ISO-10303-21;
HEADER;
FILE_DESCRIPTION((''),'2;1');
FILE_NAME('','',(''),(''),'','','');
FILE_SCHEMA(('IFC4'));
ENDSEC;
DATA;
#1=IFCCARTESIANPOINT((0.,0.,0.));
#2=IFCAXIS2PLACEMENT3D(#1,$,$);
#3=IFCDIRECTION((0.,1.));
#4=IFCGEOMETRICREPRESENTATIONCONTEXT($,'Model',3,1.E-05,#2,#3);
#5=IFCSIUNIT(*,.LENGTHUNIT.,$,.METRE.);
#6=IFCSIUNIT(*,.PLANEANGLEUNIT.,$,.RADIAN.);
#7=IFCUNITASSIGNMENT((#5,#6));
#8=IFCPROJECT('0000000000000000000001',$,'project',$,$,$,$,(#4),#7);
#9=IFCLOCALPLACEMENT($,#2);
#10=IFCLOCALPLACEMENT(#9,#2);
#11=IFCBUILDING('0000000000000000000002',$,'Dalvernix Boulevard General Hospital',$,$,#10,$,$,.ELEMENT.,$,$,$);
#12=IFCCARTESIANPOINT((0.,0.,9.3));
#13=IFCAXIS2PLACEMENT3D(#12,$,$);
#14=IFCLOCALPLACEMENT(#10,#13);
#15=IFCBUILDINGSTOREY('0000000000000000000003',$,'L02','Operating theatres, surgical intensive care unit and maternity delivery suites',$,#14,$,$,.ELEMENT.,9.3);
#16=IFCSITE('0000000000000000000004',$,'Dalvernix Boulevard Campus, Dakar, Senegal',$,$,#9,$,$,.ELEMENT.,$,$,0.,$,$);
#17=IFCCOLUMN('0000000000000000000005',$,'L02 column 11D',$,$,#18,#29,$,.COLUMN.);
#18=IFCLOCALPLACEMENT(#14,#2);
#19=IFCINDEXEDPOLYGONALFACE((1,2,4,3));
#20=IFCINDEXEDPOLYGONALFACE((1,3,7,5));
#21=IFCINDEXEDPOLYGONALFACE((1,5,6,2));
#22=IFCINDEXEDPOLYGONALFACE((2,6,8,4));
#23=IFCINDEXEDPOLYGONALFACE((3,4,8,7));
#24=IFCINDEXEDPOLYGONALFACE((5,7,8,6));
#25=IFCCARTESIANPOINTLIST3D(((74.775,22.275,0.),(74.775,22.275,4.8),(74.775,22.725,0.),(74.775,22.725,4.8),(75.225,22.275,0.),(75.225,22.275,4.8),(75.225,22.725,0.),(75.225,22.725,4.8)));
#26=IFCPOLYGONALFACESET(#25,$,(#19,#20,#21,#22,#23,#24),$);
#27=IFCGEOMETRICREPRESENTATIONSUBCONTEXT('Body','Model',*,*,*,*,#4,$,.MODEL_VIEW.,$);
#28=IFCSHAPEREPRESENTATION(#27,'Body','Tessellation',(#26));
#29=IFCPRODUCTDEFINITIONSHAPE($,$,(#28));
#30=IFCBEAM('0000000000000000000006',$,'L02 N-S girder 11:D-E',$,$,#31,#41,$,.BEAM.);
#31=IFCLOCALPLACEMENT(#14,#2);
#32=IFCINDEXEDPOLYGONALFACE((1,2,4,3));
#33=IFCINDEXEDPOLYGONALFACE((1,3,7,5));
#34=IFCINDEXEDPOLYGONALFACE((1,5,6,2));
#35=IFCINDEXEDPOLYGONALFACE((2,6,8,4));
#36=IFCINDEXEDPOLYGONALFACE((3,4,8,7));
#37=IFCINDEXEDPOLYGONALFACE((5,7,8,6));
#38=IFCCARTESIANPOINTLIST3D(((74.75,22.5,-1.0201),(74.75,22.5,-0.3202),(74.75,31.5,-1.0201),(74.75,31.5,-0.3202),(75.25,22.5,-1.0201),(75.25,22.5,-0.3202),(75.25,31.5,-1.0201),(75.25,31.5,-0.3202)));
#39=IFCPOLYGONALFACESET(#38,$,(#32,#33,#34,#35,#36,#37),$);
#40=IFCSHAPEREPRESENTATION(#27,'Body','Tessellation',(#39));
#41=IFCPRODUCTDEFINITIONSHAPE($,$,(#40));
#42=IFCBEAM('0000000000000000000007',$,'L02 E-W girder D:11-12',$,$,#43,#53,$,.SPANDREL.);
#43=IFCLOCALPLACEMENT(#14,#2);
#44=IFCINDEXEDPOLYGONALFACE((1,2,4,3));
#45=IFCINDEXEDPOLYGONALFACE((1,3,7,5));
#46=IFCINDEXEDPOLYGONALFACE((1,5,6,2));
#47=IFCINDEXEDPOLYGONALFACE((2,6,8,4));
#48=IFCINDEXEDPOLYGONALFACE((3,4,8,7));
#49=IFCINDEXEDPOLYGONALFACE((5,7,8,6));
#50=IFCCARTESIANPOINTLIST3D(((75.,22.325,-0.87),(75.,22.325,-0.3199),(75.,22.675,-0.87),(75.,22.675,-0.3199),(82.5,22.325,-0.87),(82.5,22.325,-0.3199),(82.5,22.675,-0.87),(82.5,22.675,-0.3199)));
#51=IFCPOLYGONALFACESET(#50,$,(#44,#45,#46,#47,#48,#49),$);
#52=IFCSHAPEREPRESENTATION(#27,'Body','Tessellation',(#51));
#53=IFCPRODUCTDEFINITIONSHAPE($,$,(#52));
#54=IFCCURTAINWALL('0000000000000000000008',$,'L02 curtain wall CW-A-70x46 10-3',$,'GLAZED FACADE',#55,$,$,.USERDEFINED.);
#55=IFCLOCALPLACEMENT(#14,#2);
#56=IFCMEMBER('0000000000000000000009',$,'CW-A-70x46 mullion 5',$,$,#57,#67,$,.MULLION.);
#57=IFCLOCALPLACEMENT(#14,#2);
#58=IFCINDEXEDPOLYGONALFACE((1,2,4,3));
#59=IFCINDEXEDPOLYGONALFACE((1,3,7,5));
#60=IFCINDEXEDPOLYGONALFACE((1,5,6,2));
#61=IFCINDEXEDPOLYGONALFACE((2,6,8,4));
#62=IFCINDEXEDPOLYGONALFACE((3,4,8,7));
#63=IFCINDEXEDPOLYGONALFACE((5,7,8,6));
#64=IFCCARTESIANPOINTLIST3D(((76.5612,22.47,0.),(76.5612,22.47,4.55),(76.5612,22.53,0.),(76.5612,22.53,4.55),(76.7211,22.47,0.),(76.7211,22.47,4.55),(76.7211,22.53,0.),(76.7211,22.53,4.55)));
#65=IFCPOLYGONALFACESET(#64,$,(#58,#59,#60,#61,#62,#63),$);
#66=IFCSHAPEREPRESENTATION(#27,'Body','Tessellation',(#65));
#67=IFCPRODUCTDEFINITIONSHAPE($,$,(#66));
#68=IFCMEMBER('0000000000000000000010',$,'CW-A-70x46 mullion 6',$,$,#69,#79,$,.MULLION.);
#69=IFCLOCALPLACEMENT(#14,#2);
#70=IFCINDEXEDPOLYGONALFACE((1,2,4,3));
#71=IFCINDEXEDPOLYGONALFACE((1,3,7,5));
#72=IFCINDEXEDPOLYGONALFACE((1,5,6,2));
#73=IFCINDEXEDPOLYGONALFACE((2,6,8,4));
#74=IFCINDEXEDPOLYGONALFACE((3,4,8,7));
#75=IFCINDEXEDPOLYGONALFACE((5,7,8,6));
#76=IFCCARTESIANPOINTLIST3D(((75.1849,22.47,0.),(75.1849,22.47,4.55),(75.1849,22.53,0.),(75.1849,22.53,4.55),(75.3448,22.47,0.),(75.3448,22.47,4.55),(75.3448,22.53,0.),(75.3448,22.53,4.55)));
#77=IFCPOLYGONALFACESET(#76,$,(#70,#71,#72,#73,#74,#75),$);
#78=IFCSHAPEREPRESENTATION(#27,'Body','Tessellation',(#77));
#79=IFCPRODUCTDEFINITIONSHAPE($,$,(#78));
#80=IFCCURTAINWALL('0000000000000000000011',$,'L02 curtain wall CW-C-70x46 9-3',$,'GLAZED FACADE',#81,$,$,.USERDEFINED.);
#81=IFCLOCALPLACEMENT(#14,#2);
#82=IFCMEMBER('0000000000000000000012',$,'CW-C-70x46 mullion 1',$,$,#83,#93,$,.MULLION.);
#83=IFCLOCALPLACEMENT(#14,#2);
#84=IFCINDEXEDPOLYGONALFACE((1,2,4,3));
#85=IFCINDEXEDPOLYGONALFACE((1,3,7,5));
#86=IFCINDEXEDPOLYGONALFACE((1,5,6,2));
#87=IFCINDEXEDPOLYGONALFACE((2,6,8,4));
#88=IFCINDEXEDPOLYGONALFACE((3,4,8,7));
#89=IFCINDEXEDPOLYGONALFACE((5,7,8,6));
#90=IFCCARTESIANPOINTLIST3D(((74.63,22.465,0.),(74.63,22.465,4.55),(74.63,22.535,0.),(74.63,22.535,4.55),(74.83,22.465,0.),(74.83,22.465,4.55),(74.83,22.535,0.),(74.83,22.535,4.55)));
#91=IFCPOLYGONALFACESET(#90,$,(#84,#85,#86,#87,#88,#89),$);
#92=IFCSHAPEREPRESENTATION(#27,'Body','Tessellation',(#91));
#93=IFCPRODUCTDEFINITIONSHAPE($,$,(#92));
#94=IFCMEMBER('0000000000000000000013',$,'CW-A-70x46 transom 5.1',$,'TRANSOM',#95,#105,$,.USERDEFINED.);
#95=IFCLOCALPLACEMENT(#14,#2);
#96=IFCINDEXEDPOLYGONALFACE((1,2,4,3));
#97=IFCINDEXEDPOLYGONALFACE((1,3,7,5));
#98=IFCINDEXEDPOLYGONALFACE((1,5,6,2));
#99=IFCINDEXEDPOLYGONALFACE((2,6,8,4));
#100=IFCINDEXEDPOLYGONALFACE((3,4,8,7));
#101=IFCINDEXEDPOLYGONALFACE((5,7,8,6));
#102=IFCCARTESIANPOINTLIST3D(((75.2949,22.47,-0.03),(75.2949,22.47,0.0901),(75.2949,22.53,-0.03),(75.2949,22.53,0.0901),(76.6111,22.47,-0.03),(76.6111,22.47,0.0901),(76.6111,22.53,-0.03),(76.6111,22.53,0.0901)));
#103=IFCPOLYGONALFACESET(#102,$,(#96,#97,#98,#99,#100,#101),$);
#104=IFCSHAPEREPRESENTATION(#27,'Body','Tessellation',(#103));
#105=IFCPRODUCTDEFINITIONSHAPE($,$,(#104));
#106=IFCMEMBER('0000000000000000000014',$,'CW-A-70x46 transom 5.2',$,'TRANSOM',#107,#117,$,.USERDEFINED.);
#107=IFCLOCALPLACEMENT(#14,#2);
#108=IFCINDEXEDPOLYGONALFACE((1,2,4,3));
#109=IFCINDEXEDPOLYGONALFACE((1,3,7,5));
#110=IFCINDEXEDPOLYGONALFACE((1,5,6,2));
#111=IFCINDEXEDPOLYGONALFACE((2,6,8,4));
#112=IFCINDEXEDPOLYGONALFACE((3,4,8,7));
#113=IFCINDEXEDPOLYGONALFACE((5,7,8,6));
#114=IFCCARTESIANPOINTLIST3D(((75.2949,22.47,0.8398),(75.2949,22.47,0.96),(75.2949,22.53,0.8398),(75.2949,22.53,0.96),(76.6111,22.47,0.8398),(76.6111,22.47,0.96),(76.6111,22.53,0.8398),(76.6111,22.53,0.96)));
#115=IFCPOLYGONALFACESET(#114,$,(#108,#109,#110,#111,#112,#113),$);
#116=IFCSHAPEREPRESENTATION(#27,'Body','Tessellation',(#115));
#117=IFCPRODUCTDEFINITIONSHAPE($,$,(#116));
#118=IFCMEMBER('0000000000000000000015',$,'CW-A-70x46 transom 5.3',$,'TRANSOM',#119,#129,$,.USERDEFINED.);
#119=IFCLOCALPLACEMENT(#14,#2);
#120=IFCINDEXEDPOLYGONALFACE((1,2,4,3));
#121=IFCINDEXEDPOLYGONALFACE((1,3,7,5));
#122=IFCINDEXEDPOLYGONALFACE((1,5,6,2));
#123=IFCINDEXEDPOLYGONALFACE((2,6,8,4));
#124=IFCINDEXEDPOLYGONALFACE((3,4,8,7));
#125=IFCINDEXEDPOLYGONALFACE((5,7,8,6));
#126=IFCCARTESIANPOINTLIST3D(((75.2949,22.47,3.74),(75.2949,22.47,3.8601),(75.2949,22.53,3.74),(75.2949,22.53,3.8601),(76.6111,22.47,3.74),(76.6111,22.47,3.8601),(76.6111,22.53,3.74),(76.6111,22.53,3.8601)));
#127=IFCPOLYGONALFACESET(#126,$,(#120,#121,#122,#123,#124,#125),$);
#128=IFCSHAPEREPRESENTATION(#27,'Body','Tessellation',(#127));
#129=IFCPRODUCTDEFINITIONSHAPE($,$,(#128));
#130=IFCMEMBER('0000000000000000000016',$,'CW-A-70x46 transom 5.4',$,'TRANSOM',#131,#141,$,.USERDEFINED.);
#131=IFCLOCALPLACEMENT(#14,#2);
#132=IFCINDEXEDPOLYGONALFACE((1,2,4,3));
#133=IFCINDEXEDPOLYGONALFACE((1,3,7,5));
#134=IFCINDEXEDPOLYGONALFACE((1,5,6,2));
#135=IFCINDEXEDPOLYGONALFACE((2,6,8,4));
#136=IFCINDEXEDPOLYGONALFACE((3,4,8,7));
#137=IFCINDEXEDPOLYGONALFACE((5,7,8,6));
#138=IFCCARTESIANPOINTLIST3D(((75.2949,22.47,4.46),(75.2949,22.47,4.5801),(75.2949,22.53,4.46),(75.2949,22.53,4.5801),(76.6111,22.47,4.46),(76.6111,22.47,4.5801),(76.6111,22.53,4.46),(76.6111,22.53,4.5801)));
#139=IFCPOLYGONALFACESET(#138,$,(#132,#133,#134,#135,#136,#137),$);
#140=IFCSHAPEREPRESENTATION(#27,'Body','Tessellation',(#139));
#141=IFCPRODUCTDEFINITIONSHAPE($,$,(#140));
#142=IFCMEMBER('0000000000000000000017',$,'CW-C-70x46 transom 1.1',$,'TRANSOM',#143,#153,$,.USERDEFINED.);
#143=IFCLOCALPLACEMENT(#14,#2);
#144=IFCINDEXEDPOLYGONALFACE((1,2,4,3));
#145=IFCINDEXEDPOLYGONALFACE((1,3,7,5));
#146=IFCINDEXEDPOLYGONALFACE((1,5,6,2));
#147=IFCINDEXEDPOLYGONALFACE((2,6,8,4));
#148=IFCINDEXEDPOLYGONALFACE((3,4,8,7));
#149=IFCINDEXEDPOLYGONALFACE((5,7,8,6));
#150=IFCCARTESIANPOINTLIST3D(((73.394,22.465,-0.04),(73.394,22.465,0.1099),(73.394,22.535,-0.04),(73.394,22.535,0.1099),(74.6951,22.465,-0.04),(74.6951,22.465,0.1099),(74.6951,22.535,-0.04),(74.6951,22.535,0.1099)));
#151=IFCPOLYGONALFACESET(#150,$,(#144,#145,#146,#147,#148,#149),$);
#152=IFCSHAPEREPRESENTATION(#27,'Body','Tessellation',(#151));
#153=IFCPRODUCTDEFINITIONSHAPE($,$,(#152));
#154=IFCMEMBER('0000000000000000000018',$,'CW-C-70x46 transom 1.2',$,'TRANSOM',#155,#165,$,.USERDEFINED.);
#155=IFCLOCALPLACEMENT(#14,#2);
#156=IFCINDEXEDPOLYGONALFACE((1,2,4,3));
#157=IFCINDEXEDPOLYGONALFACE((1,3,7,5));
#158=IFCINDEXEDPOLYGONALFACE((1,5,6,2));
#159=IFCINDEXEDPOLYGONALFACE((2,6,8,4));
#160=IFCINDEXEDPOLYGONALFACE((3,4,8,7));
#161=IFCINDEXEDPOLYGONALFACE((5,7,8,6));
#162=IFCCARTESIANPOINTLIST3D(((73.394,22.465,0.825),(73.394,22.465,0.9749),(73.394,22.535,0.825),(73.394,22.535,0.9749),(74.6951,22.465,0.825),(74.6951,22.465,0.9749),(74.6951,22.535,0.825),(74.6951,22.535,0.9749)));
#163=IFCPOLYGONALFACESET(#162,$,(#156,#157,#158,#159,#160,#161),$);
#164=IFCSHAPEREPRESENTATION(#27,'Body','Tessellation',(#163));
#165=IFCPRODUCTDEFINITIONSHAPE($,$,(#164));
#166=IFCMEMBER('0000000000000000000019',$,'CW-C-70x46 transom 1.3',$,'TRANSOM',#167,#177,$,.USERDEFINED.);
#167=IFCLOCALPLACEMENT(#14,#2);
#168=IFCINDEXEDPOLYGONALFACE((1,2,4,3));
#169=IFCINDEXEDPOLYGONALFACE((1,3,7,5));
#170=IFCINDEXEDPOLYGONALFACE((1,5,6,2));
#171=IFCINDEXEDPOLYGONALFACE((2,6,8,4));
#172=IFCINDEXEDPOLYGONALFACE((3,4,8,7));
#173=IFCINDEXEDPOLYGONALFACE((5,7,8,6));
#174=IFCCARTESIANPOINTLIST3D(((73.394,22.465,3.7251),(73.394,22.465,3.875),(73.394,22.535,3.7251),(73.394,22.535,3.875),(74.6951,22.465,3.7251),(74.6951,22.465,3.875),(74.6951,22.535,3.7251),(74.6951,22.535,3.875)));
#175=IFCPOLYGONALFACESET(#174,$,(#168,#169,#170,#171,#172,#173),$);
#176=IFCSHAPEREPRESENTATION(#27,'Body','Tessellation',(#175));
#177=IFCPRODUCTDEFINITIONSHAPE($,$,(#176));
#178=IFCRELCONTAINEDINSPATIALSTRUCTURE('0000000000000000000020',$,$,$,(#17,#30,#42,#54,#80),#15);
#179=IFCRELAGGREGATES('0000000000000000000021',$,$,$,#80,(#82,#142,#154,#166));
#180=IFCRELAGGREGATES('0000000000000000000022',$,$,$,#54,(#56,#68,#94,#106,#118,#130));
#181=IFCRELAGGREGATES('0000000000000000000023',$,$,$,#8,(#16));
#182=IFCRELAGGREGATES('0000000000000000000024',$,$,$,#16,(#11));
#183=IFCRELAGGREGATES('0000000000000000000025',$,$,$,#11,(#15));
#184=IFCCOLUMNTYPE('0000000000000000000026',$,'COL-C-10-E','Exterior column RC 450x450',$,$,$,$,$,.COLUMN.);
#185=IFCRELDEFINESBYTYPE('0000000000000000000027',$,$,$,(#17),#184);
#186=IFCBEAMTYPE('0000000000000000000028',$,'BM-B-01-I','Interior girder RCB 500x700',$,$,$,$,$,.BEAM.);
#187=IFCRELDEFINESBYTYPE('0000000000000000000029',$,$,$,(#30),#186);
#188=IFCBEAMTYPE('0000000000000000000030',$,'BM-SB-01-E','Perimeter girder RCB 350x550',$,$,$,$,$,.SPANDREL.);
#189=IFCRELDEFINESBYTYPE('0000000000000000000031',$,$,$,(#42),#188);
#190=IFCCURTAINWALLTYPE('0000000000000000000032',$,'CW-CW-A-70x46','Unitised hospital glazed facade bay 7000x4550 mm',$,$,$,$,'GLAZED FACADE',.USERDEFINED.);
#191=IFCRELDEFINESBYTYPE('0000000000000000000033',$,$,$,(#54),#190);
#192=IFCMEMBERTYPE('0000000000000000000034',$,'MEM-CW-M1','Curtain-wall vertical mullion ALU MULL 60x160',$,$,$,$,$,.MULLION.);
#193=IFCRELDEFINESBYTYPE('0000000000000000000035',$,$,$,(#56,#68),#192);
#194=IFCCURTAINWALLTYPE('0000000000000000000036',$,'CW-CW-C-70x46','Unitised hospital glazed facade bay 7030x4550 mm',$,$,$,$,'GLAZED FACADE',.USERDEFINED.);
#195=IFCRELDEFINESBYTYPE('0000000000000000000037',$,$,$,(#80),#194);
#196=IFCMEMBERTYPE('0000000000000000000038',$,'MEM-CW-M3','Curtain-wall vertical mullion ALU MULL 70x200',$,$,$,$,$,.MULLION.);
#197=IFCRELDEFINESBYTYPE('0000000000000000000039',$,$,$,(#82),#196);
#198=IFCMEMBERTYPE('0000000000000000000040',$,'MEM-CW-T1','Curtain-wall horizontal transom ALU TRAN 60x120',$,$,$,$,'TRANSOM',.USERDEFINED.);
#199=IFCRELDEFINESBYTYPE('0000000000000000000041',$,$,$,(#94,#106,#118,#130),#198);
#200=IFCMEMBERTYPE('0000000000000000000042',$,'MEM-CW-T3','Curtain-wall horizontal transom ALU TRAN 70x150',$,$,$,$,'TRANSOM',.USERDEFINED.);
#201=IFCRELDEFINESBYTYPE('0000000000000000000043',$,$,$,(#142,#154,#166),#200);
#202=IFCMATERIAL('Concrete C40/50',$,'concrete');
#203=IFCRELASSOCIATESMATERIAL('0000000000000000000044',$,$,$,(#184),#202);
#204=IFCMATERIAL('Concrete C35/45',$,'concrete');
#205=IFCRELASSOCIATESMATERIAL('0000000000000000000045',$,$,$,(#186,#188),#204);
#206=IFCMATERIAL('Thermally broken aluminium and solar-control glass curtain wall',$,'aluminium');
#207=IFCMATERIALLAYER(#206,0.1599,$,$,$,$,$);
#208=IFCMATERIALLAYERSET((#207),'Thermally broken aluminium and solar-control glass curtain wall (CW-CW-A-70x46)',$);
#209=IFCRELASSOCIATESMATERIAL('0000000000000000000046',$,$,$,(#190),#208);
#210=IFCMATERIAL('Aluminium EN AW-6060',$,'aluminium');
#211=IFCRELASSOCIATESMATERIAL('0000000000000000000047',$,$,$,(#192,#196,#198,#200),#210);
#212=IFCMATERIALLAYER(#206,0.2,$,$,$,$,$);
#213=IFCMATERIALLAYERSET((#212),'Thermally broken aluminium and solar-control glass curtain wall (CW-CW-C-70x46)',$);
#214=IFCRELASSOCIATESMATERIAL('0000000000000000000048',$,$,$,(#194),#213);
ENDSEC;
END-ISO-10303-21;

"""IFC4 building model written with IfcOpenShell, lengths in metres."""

from ifc_helpers import new_model, si_unit, direction, frame, origin, origin_2d, place, context, subcontext, project, spatial, rectangle, extrude, material, layer, layer_set, material_profile, profile_set, type_object, element, aggregate, save


model = new_model("IFC4")

# Units and contexts
model_context = context("Model", 3, precision=1e-05, world=origin(), true_north=direction((0.0, 1.0)))
body_context = subcontext(model_context, "Body", "Model", "MODEL_VIEW")
ifc_project = project(units=[si_unit("LENGTHUNIT", "METRE"), si_unit("PLANEANGLEUNIT", "RADIAN")], contexts=[model_context])

# Site, building, storey
site_placement = place(None, origin())
site = spatial("IfcSite", under=ifc_project, at=site_placement, Name="Dalvernix Boulevard Campus, Dakar, Senegal", CompositionType="ELEMENT", RefElevation=0.0)
building_placement = place(site_placement, origin())
building = spatial("IfcBuilding", under=site, at=building_placement, Name="Dalvernix Boulevard General Hospital", CompositionType="ELEMENT")
storey_placement = place(building_placement, frame((0.0, 0.0, 9.3)))
storey = spatial("IfcBuildingStorey", under=building, at=storey_placement, Name="L02", Description="Operating theatres, surgical intensive care unit and maternity delivery suites", CompositionType="ELEMENT", Elevation=9.3)

# Column
ifc_material_1 = material(Name="Concrete C40/50", Category="concrete")
ifc_material_profile_1 = material_profile(ifc_material_1, rectangle(XDim=0.45, YDim=0.45, at=origin_2d()), Name="RC 450x450")
ifc_profile_set_1 = profile_set([ifc_material_profile_1], Name="Concrete C40/50")
column_type = type_object("IfcColumnType", Name="COL-C-10-E", Description="Exterior column RC 450x450", PredefinedType="COLUMN", material=ifc_profile_set_1)
column_placement = place(storey_placement, frame((75.0, 22.5, 0.0), z_axis=(0.0, 0.0, 1.0), x_axis=(1.0, 0.0, 0.0)))
element("IfcColumn", 1, at=column_placement, inside=storey, type_object=column_type, Name="L02 column 11D", PredefinedType="COLUMN", context=body_context, shape_type="SweptSolid", body=[
    extrude(rectangle(XDim=0.45, YDim=0.45, at=origin_2d()), origin(), (0.0, 0.0, 1.0), 4.8),
])

# Beams
ifc_material_2 = material(Name="Concrete C35/45", Category="concrete")
ifc_material_profile_2 = material_profile(ifc_material_2, rectangle(XDim=0.5, YDim=0.7, at=origin_2d()), Name="RCB 500x700")
ifc_profile_set_2 = profile_set([ifc_material_profile_2], Name="Concrete C35/45")
beam_type_1 = type_object("IfcBeamType", Name="BM-B-01-I", Description="Interior girder RCB 500x700", PredefinedType="BEAM", material=ifc_profile_set_2)
beam_1_placement = place(storey_placement, frame((75.0, 22.5, -0.6702), z_axis=(0.0, 1.0, 0.0), x_axis=(-1.0, 0.0, 0.0)))
element("IfcBeam", 2, at=beam_1_placement, inside=storey, type_object=beam_type_1, Name="L02 N-S girder 11:D-E", PredefinedType="BEAM", context=body_context, shape_type="SweptSolid", body=[
    extrude(rectangle(XDim=0.5, YDim=0.7, at=origin_2d()), origin(), (0.0, 0.0, 1.0), 9.0),
])
ifc_material_profile_3 = material_profile(ifc_material_2, rectangle(XDim=0.3501, YDim=0.55, at=origin_2d()), Name="RCB 350x550")
ifc_profile_set_3 = profile_set([ifc_material_profile_3], Name="Concrete C35/45")
beam_type_2 = type_object("IfcBeamType", Name="BM-SB-01-E", Description="Perimeter girder RCB 350x550", PredefinedType="SPANDREL", material=ifc_profile_set_3)
beam_2_placement = place(storey_placement, frame((75.0, 22.5, -0.595), z_axis=(1.0, 0.0, 0.0), x_axis=(0.0, 1.0, 0.0)))
element("IfcBeam", 3, at=beam_2_placement, inside=storey, type_object=beam_type_2, Name="L02 E-W girder D:11-12", PredefinedType="SPANDREL", context=body_context, shape_type="SweptSolid", body=[
    extrude(rectangle(XDim=0.3501, YDim=0.55, at=origin_2d()), origin(), (0.0, 0.0, 1.0), 7.5),
])

# Curtain wall, members
ifc_material_3 = material(Name="Thermally broken aluminium and solar-control glass curtain wall", Category="aluminium")
ifc_layer_1 = layer(ifc_material_3, 0.1599)
ifc_layer_set_1 = layer_set([ifc_layer_1], Name="Thermally broken aluminium and solar-control glass curtain wall (CW-CW-A-70x46)")
curtain_wall_type_1 = type_object("IfcCurtainWallType", Name="CW-CW-A-70x46", Description="Unitised hospital glazed facade bay 7000x4550 mm", ElementType="GLAZED FACADE", PredefinedType="USERDEFINED", material=ifc_layer_set_1)
curtain_wall_1_placement = place(storey_placement, origin())
curtain_wall_1 = element("IfcCurtainWall", 4, at=curtain_wall_1_placement, inside=storey, type_object=curtain_wall_type_1, Name="L02 curtain wall CW-A-70x46 10-3", ObjectType="GLAZED FACADE", PredefinedType="USERDEFINED")
ifc_material_4 = material(Name="Aluminium EN AW-6060", Category="aluminium")
ifc_material_profile_4 = material_profile(ifc_material_4, rectangle(XDim=0.0601, YDim=0.1599, at=origin_2d()), Name="ALU MULL 60x160")
ifc_profile_set_4 = profile_set([ifc_material_profile_4], Name="Aluminium EN AW-6060")
member_type_1 = type_object("IfcMemberType", Name="MEM-CW-M1", Description="Curtain-wall vertical mullion ALU MULL 60x160", PredefinedType="MULLION", material=ifc_profile_set_4)
member_1_placement = place(storey_placement, frame((76.6411, 22.5, 0.0), z_axis=(0.0, 0.0, 1.0), x_axis=(0.0, -1.0, 0.0)))
member_1 = element("IfcMember", 5, at=member_1_placement, type_object=member_type_1, Name="CW-A-70x46 mullion 5", PredefinedType="MULLION", context=body_context, shape_type="SweptSolid", body=[
    extrude(rectangle(XDim=0.0601, YDim=0.1599, at=origin_2d()), origin(), (0.0, 0.0, 1.0), 4.55),
])
member_2_placement = place(storey_placement, frame((75.2649, 22.5, 0.0), z_axis=(0.0, 0.0, 1.0), x_axis=(0.0, -1.0, 0.0)))
member_2 = element("IfcMember", 6, at=member_2_placement, type_object=member_type_1, Name="CW-A-70x46 mullion 6", PredefinedType="MULLION", context=body_context, shape_type="SweptSolid", body=[
    extrude(rectangle(XDim=0.0601, YDim=0.1599, at=origin_2d()), origin(), (0.0, 0.0, 1.0), 4.55),
])

# Curtain wall, member
ifc_layer_2 = layer(ifc_material_3, 0.2)
ifc_layer_set_2 = layer_set([ifc_layer_2], Name="Thermally broken aluminium and solar-control glass curtain wall (CW-CW-C-70x46)")
curtain_wall_type_2 = type_object("IfcCurtainWallType", Name="CW-CW-C-70x46", Description="Unitised hospital glazed facade bay 7030x4550 mm", ElementType="GLAZED FACADE", PredefinedType="USERDEFINED", material=ifc_layer_set_2)
curtain_wall_2_placement = place(storey_placement, origin())
curtain_wall_2 = element("IfcCurtainWall", 7, at=curtain_wall_2_placement, inside=storey, type_object=curtain_wall_type_2, Name="L02 curtain wall CW-C-70x46 9-3", ObjectType="GLAZED FACADE", PredefinedType="USERDEFINED")
ifc_material_profile_5 = material_profile(ifc_material_4, rectangle(XDim=0.0701, YDim=0.2, at=origin_2d()), Name="ALU MULL 70x200")
ifc_profile_set_5 = profile_set([ifc_material_profile_5], Name="Aluminium EN AW-6060")
member_type_2 = type_object("IfcMemberType", Name="MEM-CW-M3", Description="Curtain-wall vertical mullion ALU MULL 70x200", PredefinedType="MULLION", material=ifc_profile_set_5)
member_3_placement = place(storey_placement, frame((74.73, 22.5, 0.0), z_axis=(0.0, 0.0, 1.0), x_axis=(0.0, -1.0, 0.0)))
member_3 = element("IfcMember", 8, at=member_3_placement, type_object=member_type_2, Name="CW-C-70x46 mullion 1", PredefinedType="MULLION", context=body_context, shape_type="SweptSolid", body=[
    extrude(rectangle(XDim=0.0701, YDim=0.2, at=origin_2d()), origin(), (0.0, 0.0, 1.0), 4.55),
])

# Members
ifc_material_profile_6 = material_profile(ifc_material_4, rectangle(XDim=0.0601, YDim=0.1201, at=origin_2d()), Name="ALU TRAN 60x120")
ifc_profile_set_6 = profile_set([ifc_material_profile_6], Name="Aluminium EN AW-6060")
member_type_3 = type_object("IfcMemberType", Name="MEM-CW-T1", Description="Curtain-wall horizontal transom ALU TRAN 60x120", ElementType="TRANSOM", PredefinedType="USERDEFINED", material=ifc_profile_set_6)
member_4_placement = place(storey_placement, frame((76.6111, 22.5, 0.03), z_axis=(-1.0, 0.0, 0.0), x_axis=(0.0, -1.0, 0.0)))
member_4 = element("IfcMember", 9, at=member_4_placement, type_object=member_type_3, Name="CW-A-70x46 transom 5.1", ObjectType="TRANSOM", PredefinedType="USERDEFINED", context=body_context, shape_type="SweptSolid", body=[
    extrude(rectangle(XDim=0.0601, YDim=0.1201, at=origin_2d()), origin(), (0.0, 0.0, 1.0), 1.3162),
])
member_5_placement = place(storey_placement, frame((76.6111, 22.5, 0.8999), z_axis=(-1.0, 0.0, 0.0), x_axis=(0.0, -1.0, 0.0)))
member_5 = element("IfcMember", 10, at=member_5_placement, type_object=member_type_3, Name="CW-A-70x46 transom 5.2", ObjectType="TRANSOM", PredefinedType="USERDEFINED", context=body_context, shape_type="SweptSolid", body=[
    extrude(rectangle(XDim=0.0601, YDim=0.1201, at=origin_2d()), origin(), (0.0, 0.0, 1.0), 1.3162),
])
member_6_placement = place(storey_placement, frame((76.6111, 22.5, 3.8), z_axis=(-1.0, 0.0, 0.0), x_axis=(0.0, -1.0, 0.0)))
member_6 = element("IfcMember", 11, at=member_6_placement, type_object=member_type_3, Name="CW-A-70x46 transom 5.3", ObjectType="TRANSOM", PredefinedType="USERDEFINED", context=body_context, shape_type="SweptSolid", body=[
    extrude(rectangle(XDim=0.0601, YDim=0.1201, at=origin_2d()), origin(), (0.0, 0.0, 1.0), 1.3162),
])
member_7_placement = place(storey_placement, frame((76.6111, 22.5, 4.52), z_axis=(-1.0, 0.0, 0.0), x_axis=(0.0, -1.0, 0.0)))
member_7 = element("IfcMember", 12, at=member_7_placement, type_object=member_type_3, Name="CW-A-70x46 transom 5.4", ObjectType="TRANSOM", PredefinedType="USERDEFINED", context=body_context, shape_type="SweptSolid", body=[
    extrude(rectangle(XDim=0.0601, YDim=0.1201, at=origin_2d()), origin(), (0.0, 0.0, 1.0), 1.3162),
])
ifc_material_profile_7 = material_profile(ifc_material_4, rectangle(XDim=0.0701, YDim=0.1499, at=origin_2d()), Name="ALU TRAN 70x150")
ifc_profile_set_7 = profile_set([ifc_material_profile_7], Name="Aluminium EN AW-6060")
member_type_4 = type_object("IfcMemberType", Name="MEM-CW-T3", Description="Curtain-wall horizontal transom ALU TRAN 70x150", ElementType="TRANSOM", PredefinedType="USERDEFINED", material=ifc_profile_set_7)
member_8_placement = place(storey_placement, frame((74.6951, 22.5, 0.0349), z_axis=(-1.0, 0.0, 0.0), x_axis=(0.0, -1.0, 0.0)))
member_8 = element("IfcMember", 13, at=member_8_placement, type_object=member_type_4, Name="CW-C-70x46 transom 1.1", ObjectType="TRANSOM", PredefinedType="USERDEFINED", context=body_context, shape_type="SweptSolid", body=[
    extrude(rectangle(XDim=0.0701, YDim=0.1499, at=origin_2d()), origin(), (0.0, 0.0, 1.0), 1.301),
])
member_9_placement = place(storey_placement, frame((74.6951, 22.5, 0.8999), z_axis=(-1.0, 0.0, 0.0), x_axis=(0.0, -1.0, 0.0)))
member_9 = element("IfcMember", 14, at=member_9_placement, type_object=member_type_4, Name="CW-C-70x46 transom 1.2", ObjectType="TRANSOM", PredefinedType="USERDEFINED", context=body_context, shape_type="SweptSolid", body=[
    extrude(rectangle(XDim=0.0701, YDim=0.1499, at=origin_2d()), origin(), (0.0, 0.0, 1.0), 1.301),
])
member_10_placement = place(storey_placement, frame((74.6951, 22.5, 3.8), z_axis=(-1.0, 0.0, 0.0), x_axis=(0.0, -1.0, 0.0)))
member_10 = element("IfcMember", 15, at=member_10_placement, type_object=member_type_4, Name="CW-C-70x46 transom 1.3", ObjectType="TRANSOM", PredefinedType="USERDEFINED", context=body_context, shape_type="SweptSolid", body=[
    extrude(rectangle(XDim=0.0701, YDim=0.1499, at=origin_2d()), origin(), (0.0, 0.0, 1.0), 1.301),
])
aggregate(curtain_wall_2, [member_3, member_8, member_9, member_10])

aggregate(curtain_wall_1, [member_1, member_2, member_4, member_5, member_6, member_7])

save(model, "model.ifc")
